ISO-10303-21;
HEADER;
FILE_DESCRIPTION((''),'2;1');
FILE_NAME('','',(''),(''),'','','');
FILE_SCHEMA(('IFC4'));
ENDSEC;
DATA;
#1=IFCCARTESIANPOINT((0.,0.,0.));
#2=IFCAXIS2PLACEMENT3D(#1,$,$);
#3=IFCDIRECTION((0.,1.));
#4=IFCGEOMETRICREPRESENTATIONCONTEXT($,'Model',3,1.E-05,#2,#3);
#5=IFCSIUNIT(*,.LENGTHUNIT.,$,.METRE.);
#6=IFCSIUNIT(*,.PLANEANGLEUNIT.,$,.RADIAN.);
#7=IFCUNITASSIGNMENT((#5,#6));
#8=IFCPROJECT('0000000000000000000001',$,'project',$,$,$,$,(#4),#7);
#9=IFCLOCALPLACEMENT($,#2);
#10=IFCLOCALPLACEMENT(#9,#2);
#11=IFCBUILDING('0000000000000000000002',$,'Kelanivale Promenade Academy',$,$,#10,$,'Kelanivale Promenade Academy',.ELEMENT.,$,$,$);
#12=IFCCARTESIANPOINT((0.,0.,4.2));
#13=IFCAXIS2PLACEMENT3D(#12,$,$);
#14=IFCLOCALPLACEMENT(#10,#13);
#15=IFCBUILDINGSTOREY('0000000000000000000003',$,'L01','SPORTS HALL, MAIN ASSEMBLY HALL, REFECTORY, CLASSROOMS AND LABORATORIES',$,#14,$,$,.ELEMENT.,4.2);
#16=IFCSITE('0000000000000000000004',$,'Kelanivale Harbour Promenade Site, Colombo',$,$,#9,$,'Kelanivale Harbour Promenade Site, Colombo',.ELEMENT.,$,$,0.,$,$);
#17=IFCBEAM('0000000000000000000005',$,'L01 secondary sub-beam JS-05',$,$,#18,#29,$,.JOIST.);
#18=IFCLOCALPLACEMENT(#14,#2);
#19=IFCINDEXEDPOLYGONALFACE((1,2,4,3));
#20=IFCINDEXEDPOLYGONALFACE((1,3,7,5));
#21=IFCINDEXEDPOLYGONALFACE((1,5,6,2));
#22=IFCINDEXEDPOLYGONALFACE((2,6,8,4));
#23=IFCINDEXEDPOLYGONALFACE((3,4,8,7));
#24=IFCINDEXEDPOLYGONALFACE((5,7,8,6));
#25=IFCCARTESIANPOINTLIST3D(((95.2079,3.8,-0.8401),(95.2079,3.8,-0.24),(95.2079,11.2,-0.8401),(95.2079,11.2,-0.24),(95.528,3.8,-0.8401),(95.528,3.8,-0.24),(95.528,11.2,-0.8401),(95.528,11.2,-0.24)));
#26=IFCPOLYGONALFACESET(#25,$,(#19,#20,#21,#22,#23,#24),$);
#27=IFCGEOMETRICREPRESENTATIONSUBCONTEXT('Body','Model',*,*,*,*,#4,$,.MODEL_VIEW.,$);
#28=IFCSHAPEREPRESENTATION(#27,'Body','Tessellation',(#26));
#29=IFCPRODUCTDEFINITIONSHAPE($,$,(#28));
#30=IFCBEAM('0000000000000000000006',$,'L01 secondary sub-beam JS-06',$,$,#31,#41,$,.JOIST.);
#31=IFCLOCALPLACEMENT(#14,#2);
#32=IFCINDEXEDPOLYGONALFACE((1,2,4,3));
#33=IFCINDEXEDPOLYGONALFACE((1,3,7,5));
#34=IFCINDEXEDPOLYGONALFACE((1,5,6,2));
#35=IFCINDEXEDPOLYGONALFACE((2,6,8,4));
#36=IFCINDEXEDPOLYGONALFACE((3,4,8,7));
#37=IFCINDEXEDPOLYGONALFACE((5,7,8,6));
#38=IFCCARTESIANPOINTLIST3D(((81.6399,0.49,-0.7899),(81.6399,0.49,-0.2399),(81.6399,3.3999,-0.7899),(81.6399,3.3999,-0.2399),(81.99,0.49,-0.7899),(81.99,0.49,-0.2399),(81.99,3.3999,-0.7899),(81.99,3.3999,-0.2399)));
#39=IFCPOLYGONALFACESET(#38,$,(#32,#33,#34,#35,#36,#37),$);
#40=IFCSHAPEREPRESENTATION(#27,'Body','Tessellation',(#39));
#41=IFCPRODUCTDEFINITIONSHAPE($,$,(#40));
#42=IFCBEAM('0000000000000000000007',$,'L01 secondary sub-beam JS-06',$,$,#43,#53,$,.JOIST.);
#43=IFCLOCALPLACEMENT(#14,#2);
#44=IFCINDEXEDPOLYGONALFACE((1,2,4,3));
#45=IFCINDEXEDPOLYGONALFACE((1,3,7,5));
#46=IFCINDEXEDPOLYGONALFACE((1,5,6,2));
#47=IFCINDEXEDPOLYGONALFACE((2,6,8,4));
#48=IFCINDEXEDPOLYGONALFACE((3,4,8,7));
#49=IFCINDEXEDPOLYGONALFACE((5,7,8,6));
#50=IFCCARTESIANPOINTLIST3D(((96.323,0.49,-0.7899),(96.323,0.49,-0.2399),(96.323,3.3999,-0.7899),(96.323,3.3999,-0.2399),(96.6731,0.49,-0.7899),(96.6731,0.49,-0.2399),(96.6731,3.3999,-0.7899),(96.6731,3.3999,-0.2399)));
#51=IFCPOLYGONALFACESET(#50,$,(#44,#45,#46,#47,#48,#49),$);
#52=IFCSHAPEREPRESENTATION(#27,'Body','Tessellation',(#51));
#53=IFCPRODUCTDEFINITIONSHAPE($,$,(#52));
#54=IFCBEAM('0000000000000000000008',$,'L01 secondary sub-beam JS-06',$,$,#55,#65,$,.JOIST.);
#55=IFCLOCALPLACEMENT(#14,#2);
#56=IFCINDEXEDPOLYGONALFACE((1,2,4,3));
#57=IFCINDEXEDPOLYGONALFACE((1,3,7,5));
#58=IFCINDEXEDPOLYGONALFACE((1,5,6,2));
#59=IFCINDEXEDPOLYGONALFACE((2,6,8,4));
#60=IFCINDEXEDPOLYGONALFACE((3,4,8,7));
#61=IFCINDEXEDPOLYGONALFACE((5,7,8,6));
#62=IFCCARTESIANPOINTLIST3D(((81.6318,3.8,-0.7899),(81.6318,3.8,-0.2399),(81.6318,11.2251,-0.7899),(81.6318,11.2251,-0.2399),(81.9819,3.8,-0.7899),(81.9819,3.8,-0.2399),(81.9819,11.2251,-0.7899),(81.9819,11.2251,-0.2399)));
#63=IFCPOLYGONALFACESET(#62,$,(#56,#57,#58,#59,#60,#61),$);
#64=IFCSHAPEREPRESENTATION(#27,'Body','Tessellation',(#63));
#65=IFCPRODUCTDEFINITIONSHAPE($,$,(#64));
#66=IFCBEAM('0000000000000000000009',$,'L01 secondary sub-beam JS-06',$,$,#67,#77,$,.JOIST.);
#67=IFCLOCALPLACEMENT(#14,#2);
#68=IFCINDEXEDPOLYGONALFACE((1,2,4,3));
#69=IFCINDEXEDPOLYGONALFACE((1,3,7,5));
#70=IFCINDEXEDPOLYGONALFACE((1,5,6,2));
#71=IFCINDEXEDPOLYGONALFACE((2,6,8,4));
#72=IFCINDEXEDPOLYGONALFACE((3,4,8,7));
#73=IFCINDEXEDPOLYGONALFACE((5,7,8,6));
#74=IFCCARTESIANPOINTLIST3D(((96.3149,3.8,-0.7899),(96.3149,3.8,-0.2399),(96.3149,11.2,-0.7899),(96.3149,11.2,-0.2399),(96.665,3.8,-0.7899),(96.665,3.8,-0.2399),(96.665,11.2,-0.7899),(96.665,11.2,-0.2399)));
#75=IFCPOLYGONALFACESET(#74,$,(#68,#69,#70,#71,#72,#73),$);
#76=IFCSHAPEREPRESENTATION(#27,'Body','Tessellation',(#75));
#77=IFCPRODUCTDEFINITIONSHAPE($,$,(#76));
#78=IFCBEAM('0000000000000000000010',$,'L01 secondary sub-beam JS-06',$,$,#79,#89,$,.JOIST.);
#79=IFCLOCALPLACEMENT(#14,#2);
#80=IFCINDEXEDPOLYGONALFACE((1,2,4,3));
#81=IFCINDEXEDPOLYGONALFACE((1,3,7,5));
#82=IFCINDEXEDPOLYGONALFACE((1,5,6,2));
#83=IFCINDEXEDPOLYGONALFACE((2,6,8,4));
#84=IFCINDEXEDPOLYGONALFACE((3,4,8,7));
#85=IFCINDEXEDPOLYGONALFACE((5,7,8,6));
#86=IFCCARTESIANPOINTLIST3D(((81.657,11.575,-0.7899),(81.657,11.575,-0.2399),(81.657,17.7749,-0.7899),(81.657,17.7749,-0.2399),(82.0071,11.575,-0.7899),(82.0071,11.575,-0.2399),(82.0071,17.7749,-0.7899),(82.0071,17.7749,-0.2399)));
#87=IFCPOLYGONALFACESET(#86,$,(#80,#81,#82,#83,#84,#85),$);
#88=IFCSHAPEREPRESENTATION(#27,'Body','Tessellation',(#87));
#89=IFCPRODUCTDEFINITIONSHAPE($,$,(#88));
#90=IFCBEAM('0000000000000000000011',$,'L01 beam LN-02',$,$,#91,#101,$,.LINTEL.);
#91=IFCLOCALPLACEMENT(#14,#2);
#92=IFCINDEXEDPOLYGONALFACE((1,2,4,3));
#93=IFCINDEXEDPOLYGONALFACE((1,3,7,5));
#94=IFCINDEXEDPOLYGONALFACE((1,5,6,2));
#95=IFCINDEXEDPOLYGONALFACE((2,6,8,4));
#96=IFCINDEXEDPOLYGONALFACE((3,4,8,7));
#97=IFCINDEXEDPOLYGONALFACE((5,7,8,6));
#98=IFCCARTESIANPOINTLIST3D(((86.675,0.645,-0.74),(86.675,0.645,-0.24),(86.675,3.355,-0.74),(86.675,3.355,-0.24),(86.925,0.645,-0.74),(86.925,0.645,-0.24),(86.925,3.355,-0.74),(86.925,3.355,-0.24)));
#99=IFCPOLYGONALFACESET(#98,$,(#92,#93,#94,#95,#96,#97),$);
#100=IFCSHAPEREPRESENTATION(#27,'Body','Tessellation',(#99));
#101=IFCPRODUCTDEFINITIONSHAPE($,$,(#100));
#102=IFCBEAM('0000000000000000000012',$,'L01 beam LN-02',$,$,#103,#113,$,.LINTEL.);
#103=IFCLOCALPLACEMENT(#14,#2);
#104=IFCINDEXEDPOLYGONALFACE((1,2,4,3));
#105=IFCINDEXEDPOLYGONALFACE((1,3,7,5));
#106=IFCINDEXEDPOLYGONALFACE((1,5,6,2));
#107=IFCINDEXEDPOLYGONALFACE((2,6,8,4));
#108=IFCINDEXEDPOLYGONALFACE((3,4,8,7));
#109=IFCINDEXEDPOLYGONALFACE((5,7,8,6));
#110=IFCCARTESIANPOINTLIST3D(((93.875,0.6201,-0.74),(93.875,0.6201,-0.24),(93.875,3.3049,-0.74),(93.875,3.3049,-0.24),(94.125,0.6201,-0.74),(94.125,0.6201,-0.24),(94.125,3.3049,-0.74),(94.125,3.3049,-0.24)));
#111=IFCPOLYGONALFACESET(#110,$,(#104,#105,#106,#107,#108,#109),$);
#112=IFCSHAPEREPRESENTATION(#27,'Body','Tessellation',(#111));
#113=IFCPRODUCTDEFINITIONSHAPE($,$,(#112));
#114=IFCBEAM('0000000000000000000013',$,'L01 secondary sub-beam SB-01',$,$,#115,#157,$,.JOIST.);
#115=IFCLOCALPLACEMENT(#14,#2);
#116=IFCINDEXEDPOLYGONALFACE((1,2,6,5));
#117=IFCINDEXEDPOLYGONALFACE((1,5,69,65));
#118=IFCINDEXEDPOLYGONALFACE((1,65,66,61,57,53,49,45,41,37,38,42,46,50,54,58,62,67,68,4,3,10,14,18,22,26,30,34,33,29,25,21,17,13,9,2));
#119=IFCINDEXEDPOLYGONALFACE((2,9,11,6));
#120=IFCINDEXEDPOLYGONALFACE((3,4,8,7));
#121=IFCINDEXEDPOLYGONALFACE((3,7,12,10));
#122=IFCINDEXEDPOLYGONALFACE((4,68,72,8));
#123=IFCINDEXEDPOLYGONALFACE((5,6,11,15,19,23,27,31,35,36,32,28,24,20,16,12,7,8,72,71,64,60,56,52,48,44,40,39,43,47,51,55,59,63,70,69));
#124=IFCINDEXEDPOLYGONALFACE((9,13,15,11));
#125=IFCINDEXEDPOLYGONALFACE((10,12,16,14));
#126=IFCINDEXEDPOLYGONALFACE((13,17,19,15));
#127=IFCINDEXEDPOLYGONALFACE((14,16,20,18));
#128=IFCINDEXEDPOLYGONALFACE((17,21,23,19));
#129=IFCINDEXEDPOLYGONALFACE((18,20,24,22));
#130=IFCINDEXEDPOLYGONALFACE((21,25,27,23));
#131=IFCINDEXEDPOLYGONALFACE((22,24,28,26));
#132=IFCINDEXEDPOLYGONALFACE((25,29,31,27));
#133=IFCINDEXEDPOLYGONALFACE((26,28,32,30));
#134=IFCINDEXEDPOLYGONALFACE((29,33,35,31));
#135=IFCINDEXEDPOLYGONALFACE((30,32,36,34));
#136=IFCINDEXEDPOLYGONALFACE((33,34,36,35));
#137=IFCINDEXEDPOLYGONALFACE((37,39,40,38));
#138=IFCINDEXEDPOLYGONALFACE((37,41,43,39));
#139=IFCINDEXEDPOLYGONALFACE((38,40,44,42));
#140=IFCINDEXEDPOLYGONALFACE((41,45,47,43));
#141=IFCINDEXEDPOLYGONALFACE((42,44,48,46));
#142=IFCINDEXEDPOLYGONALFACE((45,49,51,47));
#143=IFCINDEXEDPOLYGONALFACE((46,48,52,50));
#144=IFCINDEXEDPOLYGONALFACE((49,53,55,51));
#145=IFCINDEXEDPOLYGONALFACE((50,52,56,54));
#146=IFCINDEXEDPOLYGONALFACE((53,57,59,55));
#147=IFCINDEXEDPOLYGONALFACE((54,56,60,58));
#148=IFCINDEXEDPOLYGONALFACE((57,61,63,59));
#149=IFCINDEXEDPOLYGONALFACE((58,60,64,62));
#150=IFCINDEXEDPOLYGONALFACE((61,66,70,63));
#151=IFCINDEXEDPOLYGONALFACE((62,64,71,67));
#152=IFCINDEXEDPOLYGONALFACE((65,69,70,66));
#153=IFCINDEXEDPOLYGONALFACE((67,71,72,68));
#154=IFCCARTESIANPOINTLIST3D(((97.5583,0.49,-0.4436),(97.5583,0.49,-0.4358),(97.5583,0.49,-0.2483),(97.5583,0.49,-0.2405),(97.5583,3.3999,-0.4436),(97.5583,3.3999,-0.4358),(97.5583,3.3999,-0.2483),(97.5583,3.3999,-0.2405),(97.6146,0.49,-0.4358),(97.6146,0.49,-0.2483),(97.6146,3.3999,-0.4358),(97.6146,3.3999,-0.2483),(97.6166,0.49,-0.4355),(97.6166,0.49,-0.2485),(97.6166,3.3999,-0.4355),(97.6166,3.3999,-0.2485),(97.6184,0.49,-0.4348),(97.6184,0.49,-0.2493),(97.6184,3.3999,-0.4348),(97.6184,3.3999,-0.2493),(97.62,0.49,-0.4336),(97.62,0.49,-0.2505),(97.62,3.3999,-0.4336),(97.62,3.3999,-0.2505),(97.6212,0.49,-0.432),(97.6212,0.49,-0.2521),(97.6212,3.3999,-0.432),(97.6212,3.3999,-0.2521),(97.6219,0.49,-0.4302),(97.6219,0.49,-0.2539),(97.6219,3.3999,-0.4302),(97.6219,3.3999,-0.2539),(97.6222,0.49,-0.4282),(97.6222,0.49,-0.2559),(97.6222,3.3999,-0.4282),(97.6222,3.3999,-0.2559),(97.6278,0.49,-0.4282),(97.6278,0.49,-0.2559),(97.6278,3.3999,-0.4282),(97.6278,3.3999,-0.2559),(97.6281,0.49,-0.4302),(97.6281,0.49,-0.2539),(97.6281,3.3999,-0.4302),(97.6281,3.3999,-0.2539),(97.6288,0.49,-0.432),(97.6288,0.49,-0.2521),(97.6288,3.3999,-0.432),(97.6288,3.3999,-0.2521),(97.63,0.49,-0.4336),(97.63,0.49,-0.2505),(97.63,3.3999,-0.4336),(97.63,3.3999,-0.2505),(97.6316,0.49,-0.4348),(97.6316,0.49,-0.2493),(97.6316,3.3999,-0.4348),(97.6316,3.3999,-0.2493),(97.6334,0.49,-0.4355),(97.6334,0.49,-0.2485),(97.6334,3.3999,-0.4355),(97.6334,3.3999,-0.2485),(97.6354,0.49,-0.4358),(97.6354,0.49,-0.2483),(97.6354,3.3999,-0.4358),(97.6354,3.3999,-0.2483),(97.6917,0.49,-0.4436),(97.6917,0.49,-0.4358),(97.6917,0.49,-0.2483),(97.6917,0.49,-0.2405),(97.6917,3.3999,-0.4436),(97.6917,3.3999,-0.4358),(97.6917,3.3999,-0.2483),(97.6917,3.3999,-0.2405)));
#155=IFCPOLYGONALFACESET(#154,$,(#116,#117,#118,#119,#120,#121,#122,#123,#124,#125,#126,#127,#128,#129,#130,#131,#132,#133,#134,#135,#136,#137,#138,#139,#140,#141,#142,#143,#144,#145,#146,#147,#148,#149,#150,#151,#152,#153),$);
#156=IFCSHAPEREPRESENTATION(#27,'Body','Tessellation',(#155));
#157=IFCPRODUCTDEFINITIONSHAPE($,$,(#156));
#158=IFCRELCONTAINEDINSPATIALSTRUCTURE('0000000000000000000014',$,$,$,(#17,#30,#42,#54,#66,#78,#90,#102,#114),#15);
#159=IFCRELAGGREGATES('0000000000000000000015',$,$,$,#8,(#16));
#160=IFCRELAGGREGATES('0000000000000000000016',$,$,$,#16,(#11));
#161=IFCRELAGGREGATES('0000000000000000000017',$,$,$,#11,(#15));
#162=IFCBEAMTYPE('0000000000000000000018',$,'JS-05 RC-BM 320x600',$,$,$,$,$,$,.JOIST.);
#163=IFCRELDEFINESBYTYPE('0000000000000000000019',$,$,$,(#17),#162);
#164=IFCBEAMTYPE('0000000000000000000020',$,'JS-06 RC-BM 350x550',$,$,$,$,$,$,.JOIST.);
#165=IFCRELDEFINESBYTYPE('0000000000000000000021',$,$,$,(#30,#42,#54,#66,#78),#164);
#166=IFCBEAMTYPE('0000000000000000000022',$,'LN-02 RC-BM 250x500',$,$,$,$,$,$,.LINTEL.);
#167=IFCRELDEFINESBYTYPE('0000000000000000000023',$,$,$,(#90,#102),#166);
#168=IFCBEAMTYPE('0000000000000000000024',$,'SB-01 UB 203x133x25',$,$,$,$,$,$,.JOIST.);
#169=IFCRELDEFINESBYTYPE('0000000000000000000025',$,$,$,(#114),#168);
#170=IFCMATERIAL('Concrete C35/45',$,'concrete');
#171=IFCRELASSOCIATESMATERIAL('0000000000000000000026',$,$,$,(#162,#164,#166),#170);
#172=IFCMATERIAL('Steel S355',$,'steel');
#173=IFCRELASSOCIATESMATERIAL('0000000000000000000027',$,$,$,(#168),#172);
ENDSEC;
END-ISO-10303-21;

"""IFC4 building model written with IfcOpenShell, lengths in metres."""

from ifc_helpers import new_model, si_unit, direction, frame, origin, origin_2d, place, context, subcontext, project, spatial, rectangle, i_section, extrude, material, material_profile, profile_set, type_object, element, save


model = new_model("IFC4")

# Units and contexts
model_context = context("Model", 3, precision=1e-05, world=origin(), true_north=direction((0.0, 1.0)))
body_context = subcontext(model_context, "Body", "Model", "MODEL_VIEW")
ifc_project = project(units=[si_unit("LENGTHUNIT", "METRE"), si_unit("PLANEANGLEUNIT", "RADIAN")], contexts=[model_context])

# Site, building, storey
site_placement = place(None, origin())
site = spatial("IfcSite", under=ifc_project, at=site_placement, Name="Kelanivale Harbour Promenade Site, Colombo", LongName="Kelanivale Harbour Promenade Site, Colombo", CompositionType="ELEMENT", RefElevation=0.0)
building_placement = place(site_placement, origin())
building = spatial("IfcBuilding", under=site, at=building_placement, Name="Kelanivale Promenade Academy", LongName="Kelanivale Promenade Academy", CompositionType="ELEMENT")
storey_placement = place(building_placement, frame((0.0, 0.0, 4.2)))
storey = spatial("IfcBuildingStorey", under=building, at=storey_placement, Name="L01", Description="SPORTS HALL, MAIN ASSEMBLY HALL, REFECTORY, CLASSROOMS AND LABORATORIES", CompositionType="ELEMENT", Elevation=4.2)

# Beams
ifc_material_1 = material(Name="Concrete C35/45", Category="concrete")
ifc_material_profile_1 = material_profile(ifc_material_1, rectangle(XDim=0.3201, YDim=0.6001, at=origin_2d()), Name="RC-BM 320x600")
ifc_profile_set_1 = profile_set([ifc_material_profile_1], Name="Concrete C35/45")
beam_type_1 = type_object("IfcBeamType", Name="JS-05 RC-BM 320x600", PredefinedType="JOIST", material=ifc_profile_set_1)
beam_1_placement = place(storey_placement, frame((95.3679, 3.8, -0.54), z_axis=(0.0, 1.0, 0.0), x_axis=(-1.0, 0.0, 0.0)))
element("IfcBeam", 1, at=beam_1_placement, inside=storey, type_object=beam_type_1, Name="L01 secondary sub-beam JS-05", PredefinedType="JOIST", context=body_context, shape_type="SweptSolid", body=[
    extrude(rectangle(XDim=0.3201, YDim=0.6001, at=origin_2d()), origin(), (0.0, 0.0, 1.0), 7.3999),
])
ifc_material_profile_2 = material_profile(ifc_material_1, rectangle(XDim=0.3501, YDim=0.55, at=origin_2d()), Name="RC-BM 350x550")
ifc_profile_set_2 = profile_set([ifc_material_profile_2], Name="Concrete C35/45")
beam_type_2 = type_object("IfcBeamType", Name="JS-06 RC-BM 350x550", PredefinedType="JOIST", material=ifc_profile_set_2)
for number, where, z_axis, x_axis, name in (
    (2, (81.8149, 0.49, -0.5149), (0.0, 1.0, 0.0), (-1.0, 0.0, 0.0), "L01 secondary sub-beam JS-06"),
    (3, (96.498, 0.49, -0.5149), (0.0, 1.0, 0.0), (-1.0, 0.0, 0.0), "L01 secondary sub-beam JS-06"),
):
    element("IfcBeam", number, at=place(storey_placement, frame(where, z_axis=z_axis, x_axis=x_axis)), inside=storey, type_object=beam_type_2, Name=name, PredefinedType="JOIST", context=body_context, shape_type="SweptSolid", body=[
        extrude(rectangle(XDim=0.3501, YDim=0.55, at=origin_2d()), origin(), (0.0, 0.0, 1.0), 2.9099),
    ])
beam_2_placement = place(storey_placement, frame((81.8069, 3.8, -0.5149), z_axis=(0.0, 1.0, 0.0), x_axis=(-1.0, 0.0, 0.0)))
element("IfcBeam", 4, at=beam_2_placement, inside=storey, type_object=beam_type_2, Name="L01 secondary sub-beam JS-06", PredefinedType="JOIST", context=body_context, shape_type="SweptSolid", body=[
    extrude(rectangle(XDim=0.3501, YDim=0.55, at=origin_2d()), origin(), (0.0, 0.0, 1.0), 7.425),
])
beam_3_placement = place(storey_placement, frame((96.49, 3.8, -0.5149), z_axis=(0.0, 1.0, 0.0), x_axis=(-1.0, 0.0, 0.0)))
element("IfcBeam", 5, at=beam_3_placement, inside=storey, type_object=beam_type_2, Name="L01 secondary sub-beam JS-06", PredefinedType="JOIST", context=body_context, shape_type="SweptSolid", body=[
    extrude(rectangle(XDim=0.3501, YDim=0.55, at=origin_2d()), origin(), (0.0, 0.0, 1.0), 7.3999),
])
beam_4_placement = place(storey_placement, frame((81.832, 11.575, -0.5149), z_axis=(0.0, 1.0, 0.0), x_axis=(-1.0, 0.0, 0.0)))
element("IfcBeam", 6, at=beam_4_placement, inside=storey, type_object=beam_type_2, Name="L01 secondary sub-beam JS-06", PredefinedType="JOIST", context=body_context, shape_type="SweptSolid", body=[
    extrude(rectangle(XDim=0.3501, YDim=0.55, at=origin_2d()), origin(), (0.0, 0.0, 1.0), 6.2),
])
ifc_material_profile_3 = material_profile(ifc_material_1, rectangle(XDim=0.25, YDim=0.5, at=origin_2d()), Name="RC-BM 250x500")
ifc_profile_set_3 = profile_set([ifc_material_profile_3], Name="Concrete C35/45")
beam_type_3 = type_object("IfcBeamType", Name="LN-02 RC-BM 250x500", PredefinedType="LINTEL", material=ifc_profile_set_3)
beam_5_placement = place(storey_placement, frame((86.8, 0.645, -0.49), z_axis=(0.0, 1.0, 0.0), x_axis=(-1.0, 0.0, 0.0)))
element("IfcBeam", 7, at=beam_5_placement, inside=storey, type_object=beam_type_3, Name="L01 beam LN-02", PredefinedType="LINTEL", context=body_context, shape_type="SweptSolid", body=[
    extrude(rectangle(XDim=0.25, YDim=0.5, at=origin_2d()), origin(), (0.0, 0.0, 1.0), 2.71),
])
beam_6_placement = place(storey_placement, frame((94.0, 0.6201, -0.49), z_axis=(0.0, 1.0, 0.0), x_axis=(-1.0, 0.0, 0.0)))
element("IfcBeam", 8, at=beam_6_placement, inside=storey, type_object=beam_type_3, Name="L01 beam LN-02", PredefinedType="LINTEL", context=body_context, shape_type="SweptSolid", body=[
    extrude(rectangle(XDim=0.25, YDim=0.5, at=origin_2d()), origin(), (0.0, 0.0, 1.0), 2.6848),
])
ifc_material_2 = material(Name="Steel S355", Category="steel")
ifc_material_profile_4 = material_profile(ifc_material_2, i_section(OverallWidth=0.1333, OverallDepth=0.2031, WebThickness=0.0056, FlangeThickness=0.0078, FilletRadius=0.0076, at=origin_2d()), Name="UB 203x133x25")
ifc_profile_set_4 = profile_set([ifc_material_profile_4], Name="Steel S355")
beam_type_4 = type_object("IfcBeamType", Name="SB-01 UB 203x133x25", PredefinedType="JOIST", material=ifc_profile_set_4)
beam_7_placement = place(storey_placement, frame((97.625, 0.49, -0.342), z_axis=(0.0, 1.0, 0.0), x_axis=(-1.0, 0.0, 0.0)))
element("IfcBeam", 9, at=beam_7_placement, inside=storey, type_object=beam_type_4, Name="L01 secondary sub-beam SB-01", PredefinedType="JOIST", context=body_context, shape_type="SweptSolid", body=[
    extrude(i_section(OverallWidth=0.1333, OverallDepth=0.2031, WebThickness=0.0056, FlangeThickness=0.0078, FilletRadius=0.0076, at=origin_2d()), origin(), (0.0, 0.0, 1.0), 2.9099),
])

save(model, "model.ifc")
